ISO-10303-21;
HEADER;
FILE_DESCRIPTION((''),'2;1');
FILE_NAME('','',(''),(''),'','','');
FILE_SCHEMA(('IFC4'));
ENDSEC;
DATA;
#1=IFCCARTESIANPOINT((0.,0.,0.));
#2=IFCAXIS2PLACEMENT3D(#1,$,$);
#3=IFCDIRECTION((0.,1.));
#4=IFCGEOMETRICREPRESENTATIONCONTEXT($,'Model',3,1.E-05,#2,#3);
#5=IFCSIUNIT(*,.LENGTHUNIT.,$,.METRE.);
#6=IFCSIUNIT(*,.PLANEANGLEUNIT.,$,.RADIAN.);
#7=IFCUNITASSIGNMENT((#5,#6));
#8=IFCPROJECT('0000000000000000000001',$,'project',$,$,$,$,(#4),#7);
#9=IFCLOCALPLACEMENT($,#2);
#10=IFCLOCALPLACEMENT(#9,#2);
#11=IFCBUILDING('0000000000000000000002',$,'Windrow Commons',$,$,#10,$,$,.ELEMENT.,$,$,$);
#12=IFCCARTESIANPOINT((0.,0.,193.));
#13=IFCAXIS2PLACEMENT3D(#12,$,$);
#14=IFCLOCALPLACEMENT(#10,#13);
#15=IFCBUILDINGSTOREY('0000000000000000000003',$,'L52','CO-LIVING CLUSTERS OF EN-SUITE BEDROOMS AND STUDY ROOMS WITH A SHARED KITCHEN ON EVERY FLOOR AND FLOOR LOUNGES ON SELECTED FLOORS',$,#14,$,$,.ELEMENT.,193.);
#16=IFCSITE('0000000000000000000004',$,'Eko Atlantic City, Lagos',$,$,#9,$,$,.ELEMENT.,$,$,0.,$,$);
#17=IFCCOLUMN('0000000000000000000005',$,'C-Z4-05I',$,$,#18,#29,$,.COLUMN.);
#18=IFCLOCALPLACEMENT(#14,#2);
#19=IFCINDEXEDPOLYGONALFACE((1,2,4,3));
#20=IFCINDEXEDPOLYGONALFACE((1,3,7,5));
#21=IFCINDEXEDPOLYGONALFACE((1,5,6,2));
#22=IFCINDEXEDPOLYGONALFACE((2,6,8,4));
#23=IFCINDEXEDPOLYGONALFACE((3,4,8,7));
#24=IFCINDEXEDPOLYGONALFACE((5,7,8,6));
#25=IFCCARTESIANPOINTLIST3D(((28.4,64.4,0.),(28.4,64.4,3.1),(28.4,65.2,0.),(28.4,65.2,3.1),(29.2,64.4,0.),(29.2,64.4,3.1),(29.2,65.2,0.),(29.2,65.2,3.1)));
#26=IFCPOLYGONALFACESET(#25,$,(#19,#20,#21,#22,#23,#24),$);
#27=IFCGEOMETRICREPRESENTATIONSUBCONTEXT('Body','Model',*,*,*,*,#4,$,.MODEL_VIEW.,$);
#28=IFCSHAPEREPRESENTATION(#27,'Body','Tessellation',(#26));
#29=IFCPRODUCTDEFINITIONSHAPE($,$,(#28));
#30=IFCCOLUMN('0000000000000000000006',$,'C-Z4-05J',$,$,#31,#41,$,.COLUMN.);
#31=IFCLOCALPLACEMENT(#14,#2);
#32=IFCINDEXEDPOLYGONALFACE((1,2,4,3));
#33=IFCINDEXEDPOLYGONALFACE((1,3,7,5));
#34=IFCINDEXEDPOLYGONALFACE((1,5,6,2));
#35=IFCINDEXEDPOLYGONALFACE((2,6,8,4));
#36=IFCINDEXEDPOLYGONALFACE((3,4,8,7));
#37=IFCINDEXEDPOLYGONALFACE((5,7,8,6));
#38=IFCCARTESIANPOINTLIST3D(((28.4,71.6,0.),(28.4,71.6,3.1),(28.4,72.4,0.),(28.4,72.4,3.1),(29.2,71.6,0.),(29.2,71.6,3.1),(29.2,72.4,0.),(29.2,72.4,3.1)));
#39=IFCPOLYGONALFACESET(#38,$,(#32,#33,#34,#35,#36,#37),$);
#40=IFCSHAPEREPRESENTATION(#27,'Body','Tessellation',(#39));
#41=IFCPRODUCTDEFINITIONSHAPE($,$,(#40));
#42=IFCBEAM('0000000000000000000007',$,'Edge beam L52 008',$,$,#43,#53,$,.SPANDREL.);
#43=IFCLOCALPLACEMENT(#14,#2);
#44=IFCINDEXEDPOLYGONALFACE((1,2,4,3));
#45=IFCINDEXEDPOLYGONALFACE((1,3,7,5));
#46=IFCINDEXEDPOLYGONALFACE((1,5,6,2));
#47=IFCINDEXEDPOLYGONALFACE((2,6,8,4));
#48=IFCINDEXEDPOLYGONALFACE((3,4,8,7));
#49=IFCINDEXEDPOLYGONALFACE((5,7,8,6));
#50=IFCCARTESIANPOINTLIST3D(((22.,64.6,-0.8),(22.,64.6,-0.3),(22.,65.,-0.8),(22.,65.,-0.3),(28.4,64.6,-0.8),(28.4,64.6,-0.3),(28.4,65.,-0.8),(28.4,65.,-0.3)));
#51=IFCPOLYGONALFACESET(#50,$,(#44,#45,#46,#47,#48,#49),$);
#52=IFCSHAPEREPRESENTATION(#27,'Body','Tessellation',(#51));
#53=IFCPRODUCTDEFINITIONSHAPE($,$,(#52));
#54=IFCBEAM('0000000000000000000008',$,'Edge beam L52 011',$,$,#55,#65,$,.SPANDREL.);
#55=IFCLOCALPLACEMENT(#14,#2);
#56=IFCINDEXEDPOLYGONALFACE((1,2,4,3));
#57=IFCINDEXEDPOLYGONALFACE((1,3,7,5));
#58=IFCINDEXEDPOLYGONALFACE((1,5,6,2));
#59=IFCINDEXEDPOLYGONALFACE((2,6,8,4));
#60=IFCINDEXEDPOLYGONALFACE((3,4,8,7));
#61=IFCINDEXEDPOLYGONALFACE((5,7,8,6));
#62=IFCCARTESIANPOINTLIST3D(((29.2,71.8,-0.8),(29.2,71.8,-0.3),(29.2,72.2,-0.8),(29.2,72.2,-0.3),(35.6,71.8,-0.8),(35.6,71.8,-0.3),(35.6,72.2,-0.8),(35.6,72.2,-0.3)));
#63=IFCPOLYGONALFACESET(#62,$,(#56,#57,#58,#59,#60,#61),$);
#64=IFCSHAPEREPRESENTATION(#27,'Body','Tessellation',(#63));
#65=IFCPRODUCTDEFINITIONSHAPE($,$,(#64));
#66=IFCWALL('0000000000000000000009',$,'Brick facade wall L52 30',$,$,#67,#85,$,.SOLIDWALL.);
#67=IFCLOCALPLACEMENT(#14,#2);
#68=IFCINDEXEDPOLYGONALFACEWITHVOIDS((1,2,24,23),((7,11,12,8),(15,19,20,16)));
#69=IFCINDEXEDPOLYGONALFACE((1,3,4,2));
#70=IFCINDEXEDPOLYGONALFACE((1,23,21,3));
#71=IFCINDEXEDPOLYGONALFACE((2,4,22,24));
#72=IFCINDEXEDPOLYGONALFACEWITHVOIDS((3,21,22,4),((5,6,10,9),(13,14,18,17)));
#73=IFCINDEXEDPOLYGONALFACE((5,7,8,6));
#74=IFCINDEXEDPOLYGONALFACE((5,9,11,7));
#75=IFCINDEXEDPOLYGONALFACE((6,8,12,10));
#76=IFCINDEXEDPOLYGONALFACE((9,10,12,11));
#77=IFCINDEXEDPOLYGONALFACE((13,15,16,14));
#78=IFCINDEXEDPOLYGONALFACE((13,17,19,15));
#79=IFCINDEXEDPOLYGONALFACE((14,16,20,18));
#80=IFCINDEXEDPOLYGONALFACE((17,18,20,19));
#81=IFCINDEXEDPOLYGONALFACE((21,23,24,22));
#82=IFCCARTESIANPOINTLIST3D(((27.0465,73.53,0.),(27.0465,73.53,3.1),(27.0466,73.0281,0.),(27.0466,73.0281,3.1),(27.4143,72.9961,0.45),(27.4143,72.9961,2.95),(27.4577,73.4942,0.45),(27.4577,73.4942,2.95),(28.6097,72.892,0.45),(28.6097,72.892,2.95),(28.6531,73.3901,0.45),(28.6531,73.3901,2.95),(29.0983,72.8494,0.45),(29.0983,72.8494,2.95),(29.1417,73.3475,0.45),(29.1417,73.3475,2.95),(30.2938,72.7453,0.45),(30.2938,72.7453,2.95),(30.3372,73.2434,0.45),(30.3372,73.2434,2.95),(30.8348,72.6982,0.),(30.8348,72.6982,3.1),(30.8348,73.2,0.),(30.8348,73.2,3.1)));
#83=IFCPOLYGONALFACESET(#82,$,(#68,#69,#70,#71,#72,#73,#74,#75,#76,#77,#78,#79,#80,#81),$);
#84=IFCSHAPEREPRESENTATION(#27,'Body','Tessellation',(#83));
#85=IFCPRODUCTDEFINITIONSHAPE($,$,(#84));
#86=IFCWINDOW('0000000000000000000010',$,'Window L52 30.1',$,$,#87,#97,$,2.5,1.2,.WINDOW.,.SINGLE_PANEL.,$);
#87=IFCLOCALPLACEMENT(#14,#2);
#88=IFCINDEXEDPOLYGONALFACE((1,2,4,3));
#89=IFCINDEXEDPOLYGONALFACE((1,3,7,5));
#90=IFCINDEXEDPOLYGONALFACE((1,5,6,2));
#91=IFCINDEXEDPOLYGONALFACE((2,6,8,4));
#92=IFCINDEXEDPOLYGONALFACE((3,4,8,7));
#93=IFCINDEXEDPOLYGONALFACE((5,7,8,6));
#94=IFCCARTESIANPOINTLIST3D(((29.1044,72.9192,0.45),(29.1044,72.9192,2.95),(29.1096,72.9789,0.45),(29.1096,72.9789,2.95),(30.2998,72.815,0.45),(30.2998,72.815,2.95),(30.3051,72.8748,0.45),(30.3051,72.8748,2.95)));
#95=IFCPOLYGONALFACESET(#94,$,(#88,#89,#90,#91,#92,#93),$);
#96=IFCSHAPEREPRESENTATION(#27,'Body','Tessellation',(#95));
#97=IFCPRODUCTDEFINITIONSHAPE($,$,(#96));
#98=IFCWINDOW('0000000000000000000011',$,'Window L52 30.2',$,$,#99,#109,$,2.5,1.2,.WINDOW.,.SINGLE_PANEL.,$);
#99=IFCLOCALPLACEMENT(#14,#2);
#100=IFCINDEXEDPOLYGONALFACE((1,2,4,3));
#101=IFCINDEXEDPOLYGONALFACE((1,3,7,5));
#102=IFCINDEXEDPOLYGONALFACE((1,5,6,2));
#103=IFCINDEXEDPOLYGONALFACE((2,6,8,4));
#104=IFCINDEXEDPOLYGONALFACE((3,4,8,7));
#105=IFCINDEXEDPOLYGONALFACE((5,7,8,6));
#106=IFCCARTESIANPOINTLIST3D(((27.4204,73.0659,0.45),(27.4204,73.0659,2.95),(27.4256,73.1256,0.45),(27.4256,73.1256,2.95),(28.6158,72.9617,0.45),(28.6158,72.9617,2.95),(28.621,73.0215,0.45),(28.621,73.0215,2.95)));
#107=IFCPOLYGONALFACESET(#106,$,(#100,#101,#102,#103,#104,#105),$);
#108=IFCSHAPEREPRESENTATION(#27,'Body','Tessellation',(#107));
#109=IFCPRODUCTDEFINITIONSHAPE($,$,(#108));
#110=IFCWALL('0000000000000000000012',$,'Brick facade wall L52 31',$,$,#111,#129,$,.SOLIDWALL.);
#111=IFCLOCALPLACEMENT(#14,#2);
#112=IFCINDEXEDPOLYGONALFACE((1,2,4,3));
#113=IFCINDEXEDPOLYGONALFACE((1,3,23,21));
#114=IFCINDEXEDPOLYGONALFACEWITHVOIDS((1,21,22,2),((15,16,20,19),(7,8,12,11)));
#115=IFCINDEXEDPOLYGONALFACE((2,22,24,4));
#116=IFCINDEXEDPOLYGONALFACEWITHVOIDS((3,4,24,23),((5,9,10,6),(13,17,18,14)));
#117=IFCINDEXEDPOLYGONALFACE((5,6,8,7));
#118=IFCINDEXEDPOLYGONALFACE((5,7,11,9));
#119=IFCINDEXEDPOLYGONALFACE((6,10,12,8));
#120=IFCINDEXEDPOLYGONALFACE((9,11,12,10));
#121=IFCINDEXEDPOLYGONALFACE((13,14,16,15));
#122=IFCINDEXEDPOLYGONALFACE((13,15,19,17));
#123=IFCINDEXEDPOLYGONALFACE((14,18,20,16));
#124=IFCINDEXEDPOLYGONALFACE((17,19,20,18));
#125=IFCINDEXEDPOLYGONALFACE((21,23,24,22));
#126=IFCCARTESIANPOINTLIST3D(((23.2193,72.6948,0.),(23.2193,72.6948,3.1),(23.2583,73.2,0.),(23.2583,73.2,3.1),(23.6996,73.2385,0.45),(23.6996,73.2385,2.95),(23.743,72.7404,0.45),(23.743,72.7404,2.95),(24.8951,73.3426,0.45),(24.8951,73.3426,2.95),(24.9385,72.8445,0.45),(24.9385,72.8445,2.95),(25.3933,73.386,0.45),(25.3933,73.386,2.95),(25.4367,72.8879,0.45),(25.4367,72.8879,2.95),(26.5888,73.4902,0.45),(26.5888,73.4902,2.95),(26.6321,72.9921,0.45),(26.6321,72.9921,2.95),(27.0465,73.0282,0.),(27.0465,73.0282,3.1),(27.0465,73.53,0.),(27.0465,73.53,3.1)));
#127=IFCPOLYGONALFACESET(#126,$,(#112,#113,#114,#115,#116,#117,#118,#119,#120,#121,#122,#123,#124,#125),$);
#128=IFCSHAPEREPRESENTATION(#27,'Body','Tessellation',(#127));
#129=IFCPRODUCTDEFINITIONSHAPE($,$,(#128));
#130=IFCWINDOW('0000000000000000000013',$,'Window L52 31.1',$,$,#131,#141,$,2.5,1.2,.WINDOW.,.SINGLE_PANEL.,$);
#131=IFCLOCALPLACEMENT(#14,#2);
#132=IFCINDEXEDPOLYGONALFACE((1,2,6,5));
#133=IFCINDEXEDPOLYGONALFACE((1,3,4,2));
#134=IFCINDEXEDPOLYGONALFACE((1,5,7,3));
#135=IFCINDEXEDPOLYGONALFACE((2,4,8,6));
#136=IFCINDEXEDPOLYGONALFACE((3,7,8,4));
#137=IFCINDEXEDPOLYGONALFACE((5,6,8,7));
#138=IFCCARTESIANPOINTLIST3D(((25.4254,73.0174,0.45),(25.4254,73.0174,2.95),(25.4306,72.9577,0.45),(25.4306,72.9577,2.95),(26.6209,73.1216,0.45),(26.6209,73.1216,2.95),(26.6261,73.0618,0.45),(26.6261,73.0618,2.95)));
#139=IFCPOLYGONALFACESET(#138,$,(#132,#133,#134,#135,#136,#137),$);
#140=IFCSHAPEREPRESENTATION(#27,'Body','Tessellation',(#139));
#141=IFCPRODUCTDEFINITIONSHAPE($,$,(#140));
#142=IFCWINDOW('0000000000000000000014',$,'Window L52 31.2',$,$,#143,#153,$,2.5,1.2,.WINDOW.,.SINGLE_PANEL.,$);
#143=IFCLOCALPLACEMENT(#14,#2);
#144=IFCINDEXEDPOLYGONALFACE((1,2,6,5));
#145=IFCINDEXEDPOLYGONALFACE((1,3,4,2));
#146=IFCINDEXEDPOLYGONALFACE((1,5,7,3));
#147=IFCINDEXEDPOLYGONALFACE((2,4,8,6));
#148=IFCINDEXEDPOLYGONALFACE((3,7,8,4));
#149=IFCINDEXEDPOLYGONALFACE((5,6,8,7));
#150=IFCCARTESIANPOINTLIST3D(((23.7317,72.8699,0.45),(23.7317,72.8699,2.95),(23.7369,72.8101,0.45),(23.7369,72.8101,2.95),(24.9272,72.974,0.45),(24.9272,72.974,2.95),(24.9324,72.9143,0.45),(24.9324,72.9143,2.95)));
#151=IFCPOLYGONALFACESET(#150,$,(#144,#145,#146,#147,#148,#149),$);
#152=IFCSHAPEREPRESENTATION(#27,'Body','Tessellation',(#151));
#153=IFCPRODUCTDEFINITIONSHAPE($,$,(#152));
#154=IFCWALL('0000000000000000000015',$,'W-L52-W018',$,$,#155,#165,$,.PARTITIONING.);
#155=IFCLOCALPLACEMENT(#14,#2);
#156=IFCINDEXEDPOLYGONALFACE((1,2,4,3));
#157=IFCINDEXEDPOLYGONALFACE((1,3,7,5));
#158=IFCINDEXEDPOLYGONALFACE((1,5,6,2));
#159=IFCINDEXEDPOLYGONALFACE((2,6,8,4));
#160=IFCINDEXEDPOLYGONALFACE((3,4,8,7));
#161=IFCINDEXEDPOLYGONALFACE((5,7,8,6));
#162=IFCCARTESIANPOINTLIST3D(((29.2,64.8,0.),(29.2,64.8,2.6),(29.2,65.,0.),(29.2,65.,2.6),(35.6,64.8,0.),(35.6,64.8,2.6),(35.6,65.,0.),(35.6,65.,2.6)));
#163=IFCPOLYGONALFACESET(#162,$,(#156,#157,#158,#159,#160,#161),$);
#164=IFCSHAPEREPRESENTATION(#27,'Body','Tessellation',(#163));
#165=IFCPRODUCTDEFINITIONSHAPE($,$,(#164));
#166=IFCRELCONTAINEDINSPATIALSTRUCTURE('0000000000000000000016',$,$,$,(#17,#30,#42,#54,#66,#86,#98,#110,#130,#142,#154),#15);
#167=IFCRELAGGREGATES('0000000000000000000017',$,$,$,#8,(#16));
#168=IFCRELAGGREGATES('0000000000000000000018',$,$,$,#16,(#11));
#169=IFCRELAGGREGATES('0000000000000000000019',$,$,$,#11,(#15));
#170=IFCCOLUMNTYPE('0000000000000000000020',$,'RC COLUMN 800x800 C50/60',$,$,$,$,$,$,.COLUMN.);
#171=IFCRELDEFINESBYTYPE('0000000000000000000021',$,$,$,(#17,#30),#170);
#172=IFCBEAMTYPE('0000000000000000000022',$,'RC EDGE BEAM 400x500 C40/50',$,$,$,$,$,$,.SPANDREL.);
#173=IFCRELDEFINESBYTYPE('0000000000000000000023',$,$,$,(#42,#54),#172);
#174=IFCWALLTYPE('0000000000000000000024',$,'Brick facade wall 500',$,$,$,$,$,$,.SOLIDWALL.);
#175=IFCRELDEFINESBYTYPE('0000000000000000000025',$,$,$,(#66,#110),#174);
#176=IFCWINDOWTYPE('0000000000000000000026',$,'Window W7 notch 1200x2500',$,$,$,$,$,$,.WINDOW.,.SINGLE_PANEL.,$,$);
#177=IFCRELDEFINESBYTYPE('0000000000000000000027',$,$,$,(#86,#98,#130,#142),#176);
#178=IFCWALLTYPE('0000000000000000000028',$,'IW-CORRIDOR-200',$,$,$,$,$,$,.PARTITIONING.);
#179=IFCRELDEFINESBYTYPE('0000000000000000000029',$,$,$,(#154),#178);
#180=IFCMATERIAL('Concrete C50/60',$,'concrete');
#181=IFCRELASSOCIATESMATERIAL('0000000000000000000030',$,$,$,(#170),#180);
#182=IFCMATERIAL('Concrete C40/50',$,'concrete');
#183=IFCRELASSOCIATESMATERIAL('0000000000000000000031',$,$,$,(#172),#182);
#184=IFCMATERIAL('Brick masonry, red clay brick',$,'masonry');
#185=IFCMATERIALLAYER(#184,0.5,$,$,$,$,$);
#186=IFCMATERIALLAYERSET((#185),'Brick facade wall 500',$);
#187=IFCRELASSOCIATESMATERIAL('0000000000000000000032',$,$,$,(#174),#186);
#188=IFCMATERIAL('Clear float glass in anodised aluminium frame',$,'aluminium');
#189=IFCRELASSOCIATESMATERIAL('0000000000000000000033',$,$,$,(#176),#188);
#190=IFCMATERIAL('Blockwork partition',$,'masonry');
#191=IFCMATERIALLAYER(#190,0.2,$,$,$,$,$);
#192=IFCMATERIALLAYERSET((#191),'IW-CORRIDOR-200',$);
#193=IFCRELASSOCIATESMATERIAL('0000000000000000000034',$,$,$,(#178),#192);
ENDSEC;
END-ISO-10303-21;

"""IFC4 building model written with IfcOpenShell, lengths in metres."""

from ifc_helpers import new_model, si_unit, direction, frame, frame_2d, origin, origin_2d, place, context, subcontext, project, spatial, polyline, rectangle, outline, extrude, material, layer, layer_set, material_profile, profile_set, type_object, element, fill, save


model = new_model("IFC4")

# Units and contexts
model_context = context("Model", 3, precision=1e-05, world=origin(), true_north=direction((0.0, 1.0)))
body_context = subcontext(model_context, "Body", "Model", "MODEL_VIEW")
ifc_project = project(units=[si_unit("LENGTHUNIT", "METRE"), si_unit("PLANEANGLEUNIT", "RADIAN")], contexts=[model_context])

# Site, building, storey
site_placement = place(None, origin())
site = spatial("IfcSite", under=ifc_project, at=site_placement, Name="Eko Atlantic City, Lagos", CompositionType="ELEMENT", RefElevation=0.0)
building_placement = place(site_placement, origin())
building = spatial("IfcBuilding", under=site, at=building_placement, Name="Windrow Commons", CompositionType="ELEMENT")
storey_placement = place(building_placement, frame((0.0, 0.0, 193.0)))
storey = spatial("IfcBuildingStorey", under=building, at=storey_placement, Name="L52", Description="CO-LIVING CLUSTERS OF EN-SUITE BEDROOMS AND STUDY ROOMS WITH A SHARED KITCHEN ON EVERY FLOOR AND FLOOR LOUNGES ON SELECTED FLOORS", CompositionType="ELEMENT", Elevation=193.0)

# Columns
ifc_material_1 = material(Name="Concrete C50/60", Category="concrete")
ifc_material_profile_1 = material_profile(ifc_material_1, rectangle(XDim=0.8, YDim=0.8, at=origin_2d()))
ifc_profile_set_1 = profile_set([ifc_material_profile_1], Name="Concrete C50/60")
column_type = type_object("IfcColumnType", Name="RC COLUMN 800x800 C50/60", PredefinedType="COLUMN", material=ifc_profile_set_1)
for number, where, z_axis, x_axis, name in (
    (1, (28.8, 64.8, 0.0), (0.0, 0.0, 1.0), (1.0, 0.0, 0.0), "C-Z4-05I"),
    (2, (28.8, 72.0, 0.0), (0.0, 0.0, 1.0), (1.0, 0.0, 0.0), "C-Z4-05J"),
):
    element("IfcColumn", number, at=place(storey_placement, frame(where, z_axis=z_axis, x_axis=x_axis)), inside=storey, type_object=column_type, Name=name, PredefinedType="COLUMN", context=body_context, shape_type="SweptSolid", body=[
        extrude(rectangle(XDim=0.8, YDim=0.8, at=origin_2d()), origin(), (0.0, 0.0, 1.0), 3.1),
    ])

# Beams
ifc_material_2 = material(Name="Concrete C40/50", Category="concrete")
ifc_material_profile_2 = material_profile(ifc_material_2, rectangle(XDim=0.4, YDim=0.5, at=origin_2d()))
ifc_profile_set_2 = profile_set([ifc_material_profile_2], Name="Concrete C40/50")
beam_type = type_object("IfcBeamType", Name="RC EDGE BEAM 400x500 C40/50", PredefinedType="SPANDREL", material=ifc_profile_set_2)
for number, where, z_axis, x_axis, name in (
    (3, (28.4, 64.8, -0.55), (-1.0, 0.0, 0.0), (0.0, -1.0, 0.0), "Edge beam L52 008"),
    (4, (29.2, 72.0, -0.55), (1.0, 0.0, 0.0), (0.0, 1.0, 0.0), "Edge beam L52 011"),
):
    element("IfcBeam", number, at=place(storey_placement, frame(where, z_axis=z_axis, x_axis=x_axis)), inside=storey, type_object=beam_type, Name=name, PredefinedType="SPANDREL", context=body_context, shape_type="SweptSolid", body=[
        extrude(rectangle(XDim=0.4, YDim=0.5, at=origin_2d()), origin(), (0.0, 0.0, 1.0), 6.4),
    ])

# Walls, openings, windows
ifc_material_3 = material(Name="Brick masonry, red clay brick", Category="masonry")
ifc_layer_1 = layer(ifc_material_3, 0.5)
ifc_layer_set_1 = layer_set([ifc_layer_1], Name="Brick facade wall 500")
wall_type_1 = type_object("IfcWallType", Name="Brick facade wall 500", PredefinedType="SOLIDWALL", material=ifc_layer_set_1)
wall_1_placement = place(storey_placement, frame((30.8348, 72.9491, 0.0), z_axis=(0.0, 0.0, 1.0), x_axis=(-0.996227, 0.086782, 0.0)))
wall_1 = element("IfcWall", 5, at=wall_1_placement, inside=storey, type_object=wall_type_1, Name="Brick facade wall L52 30", PredefinedType="SOLIDWALL", context=body_context, shape_type="SweptSolid", body=[
    extrude(outline(polyline([(0.0218, -0.25), (3.8244, -0.25), (3.7808, 0.25), (-0.0218, 0.25), (0.0218, -0.25)])), origin(), (0.0, 0.0, 1.0), 3.1),
])
opening_1_placement = place(wall_1_placement, frame((0.5213, 0.0, 0.45)))
opening_1 = element("IfcOpeningElement", 6, at=opening_1_placement, cuts=wall_1, PredefinedType="OPENING", context=body_context, shape_type="SweptSolid", body=[
    extrude(rectangle(XDim=1.2, YDim=2.5, at=frame_2d((0.6, 1.25))), frame((0.0, 0.26, 0.0), z_axis=(0.0, -1.0, 0.0), x_axis=(1.0, 0.0, 0.0)), (0.0, 0.0, 1.0), 0.52),
])
opening_2_placement = place(wall_1_placement, frame((2.2117, 0.0, 0.45)))
opening_2 = element("IfcOpeningElement", 7, at=opening_2_placement, cuts=wall_1, PredefinedType="OPENING", context=body_context, shape_type="SweptSolid", body=[
    extrude(rectangle(XDim=1.2, YDim=2.5, at=frame_2d((0.6, 1.25))), frame((0.0, 0.26, 0.0), z_axis=(0.0, -1.0, 0.0), x_axis=(1.0, 0.0, 0.0)), (0.0, 0.0, 1.0), 0.52),
])
ifc_material_4 = material(Name="Clear float glass in anodised aluminium frame", Category="aluminium")
window_type = type_object("IfcWindowType", Name="Window W7 notch 1200x2500", PartitioningType="SINGLE_PANEL", PredefinedType="WINDOW", material=ifc_material_4)
window_1_placement = place(opening_1_placement, origin())
window_1 = element("IfcWindow", 8, at=window_1_placement, inside=storey, type_object=window_type, Name="Window L52 30.1", OverallHeight=2.5, OverallWidth=1.2, PartitioningType="SINGLE_PANEL", PredefinedType="WINDOW", context=body_context, shape_type="SweptSolid", body=[
    extrude(rectangle(XDim=1.2, YDim=2.5, at=frame_2d((0.6, 1.25))), frame((0.0, 0.18, 0.0), z_axis=(0.0, -1.0, 0.0), x_axis=(1.0, 0.0, 0.0)), (0.0, 0.0, 1.0), 0.06),
])
fill(opening_1, window_1)
window_2_placement = place(opening_2_placement, origin())
window_2 = element("IfcWindow", 9, at=window_2_placement, inside=storey, type_object=window_type, Name="Window L52 30.2", OverallHeight=2.5, OverallWidth=1.2, PartitioningType="SINGLE_PANEL", PredefinedType="WINDOW", context=body_context, shape_type="SweptSolid", body=[
    extrude(rectangle(XDim=1.2, YDim=2.5, at=frame_2d((0.6, 1.25))), frame((0.0, 0.18, 0.0), z_axis=(0.0, -1.0, 0.0), x_axis=(1.0, 0.0, 0.0)), (0.0, 0.0, 1.0), 0.06),
])
fill(opening_2, window_2)
wall_2_placement = place(storey_placement, frame((27.0465, 73.2791, 0.0), z_axis=(0.0, 0.0, 1.0), x_axis=(-0.996227, -0.086784, 0.0)))
wall_2 = element("IfcWall", 10, at=wall_2_placement, inside=storey, type_object=wall_type_1, Name="Brick facade wall L52 31", PredefinedType="SOLIDWALL", context=body_context, shape_type="SweptSolid", body=[
    extrude(outline(polyline([(-0.0218, -0.25), (3.7808, -0.25), (3.8635, 0.25), (0.0218, 0.25), (-0.0218, -0.25)])), origin(), (0.0, 0.0, 1.0), 3.1),
])
opening_3_placement = place(wall_2_placement, frame((0.4377, 0.0, 0.45)))
opening_3 = element("IfcOpeningElement", 11, at=opening_3_placement, cuts=wall_2, PredefinedType="OPENING", context=body_context, shape_type="SweptSolid", body=[
    extrude(rectangle(XDim=1.2, YDim=2.5, at=frame_2d((0.6, 1.25))), frame((0.0, 0.26, 0.0), z_axis=(0.0, -1.0, 0.0), x_axis=(1.0, 0.0, 0.0)), (0.0, 0.0, 1.0), 0.52),
])
opening_4_placement = place(wall_2_placement, frame((2.1378, 0.0, 0.45)))
opening_4 = element("IfcOpeningElement", 12, at=opening_4_placement, cuts=wall_2, PredefinedType="OPENING", context=body_context, shape_type="SweptSolid", body=[
    extrude(rectangle(XDim=1.2, YDim=2.5, at=frame_2d((0.6, 1.25))), frame((0.0, 0.26, 0.0), z_axis=(0.0, -1.0, 0.0), x_axis=(1.0, 0.0, 0.0)), (0.0, 0.0, 1.0), 0.52),
])
window_3_placement = place(opening_3_placement, origin())
window_3 = element("IfcWindow", 13, at=window_3_placement, inside=storey, type_object=window_type, Name="Window L52 31.1", OverallHeight=2.5, OverallWidth=1.2, PartitioningType="SINGLE_PANEL", PredefinedType="WINDOW", context=body_context, shape_type="SweptSolid", body=[
    extrude(rectangle(XDim=1.2, YDim=2.5, at=frame_2d((0.6, 1.25))), frame((0.0, 0.18, 0.0), z_axis=(0.0, -1.0, 0.0), x_axis=(1.0, 0.0, 0.0)), (0.0, 0.0, 1.0), 0.06),
])
fill(opening_3, window_3)
window_4_placement = place(opening_4_placement, origin())
window_4 = element("IfcWindow", 14, at=window_4_placement, inside=storey, type_object=window_type, Name="Window L52 31.2", OverallHeight=2.5, OverallWidth=1.2, PartitioningType="SINGLE_PANEL", PredefinedType="WINDOW", context=body_context, shape_type="SweptSolid", body=[
    extrude(rectangle(XDim=1.2, YDim=2.5, at=frame_2d((0.6, 1.25))), frame((0.0, 0.18, 0.0), z_axis=(0.0, -1.0, 0.0), x_axis=(1.0, 0.0, 0.0)), (0.0, 0.0, 1.0), 0.06),
])
fill(opening_4, window_4)

# Wall
ifc_material_5 = material(Name="Blockwork partition", Category="masonry")
ifc_layer_2 = layer(ifc_material_5, 0.2)
ifc_layer_set_2 = layer_set([ifc_layer_2], Name="IW-CORRIDOR-200")
wall_type_2 = type_object("IfcWallType", Name="IW-CORRIDOR-200", PredefinedType="PARTITIONING", material=ifc_layer_set_2)
wall_3_placement = place(storey_placement, frame((29.2, 64.9, 0.0), z_axis=(0.0, 0.0, 1.0), x_axis=(1.0, 0.0, 0.0)))
element("IfcWall", 15, at=wall_3_placement, inside=storey, type_object=wall_type_2, Name="W-L52-W018", PredefinedType="PARTITIONING", context=body_context, shape_type="SweptSolid", body=[
    extrude(rectangle(XDim=6.4, YDim=0.2, at=frame_2d((3.2, 0.0))), origin(), (0.0, 0.0, 1.0), 2.6),
])

save(model, "model.ifc")
